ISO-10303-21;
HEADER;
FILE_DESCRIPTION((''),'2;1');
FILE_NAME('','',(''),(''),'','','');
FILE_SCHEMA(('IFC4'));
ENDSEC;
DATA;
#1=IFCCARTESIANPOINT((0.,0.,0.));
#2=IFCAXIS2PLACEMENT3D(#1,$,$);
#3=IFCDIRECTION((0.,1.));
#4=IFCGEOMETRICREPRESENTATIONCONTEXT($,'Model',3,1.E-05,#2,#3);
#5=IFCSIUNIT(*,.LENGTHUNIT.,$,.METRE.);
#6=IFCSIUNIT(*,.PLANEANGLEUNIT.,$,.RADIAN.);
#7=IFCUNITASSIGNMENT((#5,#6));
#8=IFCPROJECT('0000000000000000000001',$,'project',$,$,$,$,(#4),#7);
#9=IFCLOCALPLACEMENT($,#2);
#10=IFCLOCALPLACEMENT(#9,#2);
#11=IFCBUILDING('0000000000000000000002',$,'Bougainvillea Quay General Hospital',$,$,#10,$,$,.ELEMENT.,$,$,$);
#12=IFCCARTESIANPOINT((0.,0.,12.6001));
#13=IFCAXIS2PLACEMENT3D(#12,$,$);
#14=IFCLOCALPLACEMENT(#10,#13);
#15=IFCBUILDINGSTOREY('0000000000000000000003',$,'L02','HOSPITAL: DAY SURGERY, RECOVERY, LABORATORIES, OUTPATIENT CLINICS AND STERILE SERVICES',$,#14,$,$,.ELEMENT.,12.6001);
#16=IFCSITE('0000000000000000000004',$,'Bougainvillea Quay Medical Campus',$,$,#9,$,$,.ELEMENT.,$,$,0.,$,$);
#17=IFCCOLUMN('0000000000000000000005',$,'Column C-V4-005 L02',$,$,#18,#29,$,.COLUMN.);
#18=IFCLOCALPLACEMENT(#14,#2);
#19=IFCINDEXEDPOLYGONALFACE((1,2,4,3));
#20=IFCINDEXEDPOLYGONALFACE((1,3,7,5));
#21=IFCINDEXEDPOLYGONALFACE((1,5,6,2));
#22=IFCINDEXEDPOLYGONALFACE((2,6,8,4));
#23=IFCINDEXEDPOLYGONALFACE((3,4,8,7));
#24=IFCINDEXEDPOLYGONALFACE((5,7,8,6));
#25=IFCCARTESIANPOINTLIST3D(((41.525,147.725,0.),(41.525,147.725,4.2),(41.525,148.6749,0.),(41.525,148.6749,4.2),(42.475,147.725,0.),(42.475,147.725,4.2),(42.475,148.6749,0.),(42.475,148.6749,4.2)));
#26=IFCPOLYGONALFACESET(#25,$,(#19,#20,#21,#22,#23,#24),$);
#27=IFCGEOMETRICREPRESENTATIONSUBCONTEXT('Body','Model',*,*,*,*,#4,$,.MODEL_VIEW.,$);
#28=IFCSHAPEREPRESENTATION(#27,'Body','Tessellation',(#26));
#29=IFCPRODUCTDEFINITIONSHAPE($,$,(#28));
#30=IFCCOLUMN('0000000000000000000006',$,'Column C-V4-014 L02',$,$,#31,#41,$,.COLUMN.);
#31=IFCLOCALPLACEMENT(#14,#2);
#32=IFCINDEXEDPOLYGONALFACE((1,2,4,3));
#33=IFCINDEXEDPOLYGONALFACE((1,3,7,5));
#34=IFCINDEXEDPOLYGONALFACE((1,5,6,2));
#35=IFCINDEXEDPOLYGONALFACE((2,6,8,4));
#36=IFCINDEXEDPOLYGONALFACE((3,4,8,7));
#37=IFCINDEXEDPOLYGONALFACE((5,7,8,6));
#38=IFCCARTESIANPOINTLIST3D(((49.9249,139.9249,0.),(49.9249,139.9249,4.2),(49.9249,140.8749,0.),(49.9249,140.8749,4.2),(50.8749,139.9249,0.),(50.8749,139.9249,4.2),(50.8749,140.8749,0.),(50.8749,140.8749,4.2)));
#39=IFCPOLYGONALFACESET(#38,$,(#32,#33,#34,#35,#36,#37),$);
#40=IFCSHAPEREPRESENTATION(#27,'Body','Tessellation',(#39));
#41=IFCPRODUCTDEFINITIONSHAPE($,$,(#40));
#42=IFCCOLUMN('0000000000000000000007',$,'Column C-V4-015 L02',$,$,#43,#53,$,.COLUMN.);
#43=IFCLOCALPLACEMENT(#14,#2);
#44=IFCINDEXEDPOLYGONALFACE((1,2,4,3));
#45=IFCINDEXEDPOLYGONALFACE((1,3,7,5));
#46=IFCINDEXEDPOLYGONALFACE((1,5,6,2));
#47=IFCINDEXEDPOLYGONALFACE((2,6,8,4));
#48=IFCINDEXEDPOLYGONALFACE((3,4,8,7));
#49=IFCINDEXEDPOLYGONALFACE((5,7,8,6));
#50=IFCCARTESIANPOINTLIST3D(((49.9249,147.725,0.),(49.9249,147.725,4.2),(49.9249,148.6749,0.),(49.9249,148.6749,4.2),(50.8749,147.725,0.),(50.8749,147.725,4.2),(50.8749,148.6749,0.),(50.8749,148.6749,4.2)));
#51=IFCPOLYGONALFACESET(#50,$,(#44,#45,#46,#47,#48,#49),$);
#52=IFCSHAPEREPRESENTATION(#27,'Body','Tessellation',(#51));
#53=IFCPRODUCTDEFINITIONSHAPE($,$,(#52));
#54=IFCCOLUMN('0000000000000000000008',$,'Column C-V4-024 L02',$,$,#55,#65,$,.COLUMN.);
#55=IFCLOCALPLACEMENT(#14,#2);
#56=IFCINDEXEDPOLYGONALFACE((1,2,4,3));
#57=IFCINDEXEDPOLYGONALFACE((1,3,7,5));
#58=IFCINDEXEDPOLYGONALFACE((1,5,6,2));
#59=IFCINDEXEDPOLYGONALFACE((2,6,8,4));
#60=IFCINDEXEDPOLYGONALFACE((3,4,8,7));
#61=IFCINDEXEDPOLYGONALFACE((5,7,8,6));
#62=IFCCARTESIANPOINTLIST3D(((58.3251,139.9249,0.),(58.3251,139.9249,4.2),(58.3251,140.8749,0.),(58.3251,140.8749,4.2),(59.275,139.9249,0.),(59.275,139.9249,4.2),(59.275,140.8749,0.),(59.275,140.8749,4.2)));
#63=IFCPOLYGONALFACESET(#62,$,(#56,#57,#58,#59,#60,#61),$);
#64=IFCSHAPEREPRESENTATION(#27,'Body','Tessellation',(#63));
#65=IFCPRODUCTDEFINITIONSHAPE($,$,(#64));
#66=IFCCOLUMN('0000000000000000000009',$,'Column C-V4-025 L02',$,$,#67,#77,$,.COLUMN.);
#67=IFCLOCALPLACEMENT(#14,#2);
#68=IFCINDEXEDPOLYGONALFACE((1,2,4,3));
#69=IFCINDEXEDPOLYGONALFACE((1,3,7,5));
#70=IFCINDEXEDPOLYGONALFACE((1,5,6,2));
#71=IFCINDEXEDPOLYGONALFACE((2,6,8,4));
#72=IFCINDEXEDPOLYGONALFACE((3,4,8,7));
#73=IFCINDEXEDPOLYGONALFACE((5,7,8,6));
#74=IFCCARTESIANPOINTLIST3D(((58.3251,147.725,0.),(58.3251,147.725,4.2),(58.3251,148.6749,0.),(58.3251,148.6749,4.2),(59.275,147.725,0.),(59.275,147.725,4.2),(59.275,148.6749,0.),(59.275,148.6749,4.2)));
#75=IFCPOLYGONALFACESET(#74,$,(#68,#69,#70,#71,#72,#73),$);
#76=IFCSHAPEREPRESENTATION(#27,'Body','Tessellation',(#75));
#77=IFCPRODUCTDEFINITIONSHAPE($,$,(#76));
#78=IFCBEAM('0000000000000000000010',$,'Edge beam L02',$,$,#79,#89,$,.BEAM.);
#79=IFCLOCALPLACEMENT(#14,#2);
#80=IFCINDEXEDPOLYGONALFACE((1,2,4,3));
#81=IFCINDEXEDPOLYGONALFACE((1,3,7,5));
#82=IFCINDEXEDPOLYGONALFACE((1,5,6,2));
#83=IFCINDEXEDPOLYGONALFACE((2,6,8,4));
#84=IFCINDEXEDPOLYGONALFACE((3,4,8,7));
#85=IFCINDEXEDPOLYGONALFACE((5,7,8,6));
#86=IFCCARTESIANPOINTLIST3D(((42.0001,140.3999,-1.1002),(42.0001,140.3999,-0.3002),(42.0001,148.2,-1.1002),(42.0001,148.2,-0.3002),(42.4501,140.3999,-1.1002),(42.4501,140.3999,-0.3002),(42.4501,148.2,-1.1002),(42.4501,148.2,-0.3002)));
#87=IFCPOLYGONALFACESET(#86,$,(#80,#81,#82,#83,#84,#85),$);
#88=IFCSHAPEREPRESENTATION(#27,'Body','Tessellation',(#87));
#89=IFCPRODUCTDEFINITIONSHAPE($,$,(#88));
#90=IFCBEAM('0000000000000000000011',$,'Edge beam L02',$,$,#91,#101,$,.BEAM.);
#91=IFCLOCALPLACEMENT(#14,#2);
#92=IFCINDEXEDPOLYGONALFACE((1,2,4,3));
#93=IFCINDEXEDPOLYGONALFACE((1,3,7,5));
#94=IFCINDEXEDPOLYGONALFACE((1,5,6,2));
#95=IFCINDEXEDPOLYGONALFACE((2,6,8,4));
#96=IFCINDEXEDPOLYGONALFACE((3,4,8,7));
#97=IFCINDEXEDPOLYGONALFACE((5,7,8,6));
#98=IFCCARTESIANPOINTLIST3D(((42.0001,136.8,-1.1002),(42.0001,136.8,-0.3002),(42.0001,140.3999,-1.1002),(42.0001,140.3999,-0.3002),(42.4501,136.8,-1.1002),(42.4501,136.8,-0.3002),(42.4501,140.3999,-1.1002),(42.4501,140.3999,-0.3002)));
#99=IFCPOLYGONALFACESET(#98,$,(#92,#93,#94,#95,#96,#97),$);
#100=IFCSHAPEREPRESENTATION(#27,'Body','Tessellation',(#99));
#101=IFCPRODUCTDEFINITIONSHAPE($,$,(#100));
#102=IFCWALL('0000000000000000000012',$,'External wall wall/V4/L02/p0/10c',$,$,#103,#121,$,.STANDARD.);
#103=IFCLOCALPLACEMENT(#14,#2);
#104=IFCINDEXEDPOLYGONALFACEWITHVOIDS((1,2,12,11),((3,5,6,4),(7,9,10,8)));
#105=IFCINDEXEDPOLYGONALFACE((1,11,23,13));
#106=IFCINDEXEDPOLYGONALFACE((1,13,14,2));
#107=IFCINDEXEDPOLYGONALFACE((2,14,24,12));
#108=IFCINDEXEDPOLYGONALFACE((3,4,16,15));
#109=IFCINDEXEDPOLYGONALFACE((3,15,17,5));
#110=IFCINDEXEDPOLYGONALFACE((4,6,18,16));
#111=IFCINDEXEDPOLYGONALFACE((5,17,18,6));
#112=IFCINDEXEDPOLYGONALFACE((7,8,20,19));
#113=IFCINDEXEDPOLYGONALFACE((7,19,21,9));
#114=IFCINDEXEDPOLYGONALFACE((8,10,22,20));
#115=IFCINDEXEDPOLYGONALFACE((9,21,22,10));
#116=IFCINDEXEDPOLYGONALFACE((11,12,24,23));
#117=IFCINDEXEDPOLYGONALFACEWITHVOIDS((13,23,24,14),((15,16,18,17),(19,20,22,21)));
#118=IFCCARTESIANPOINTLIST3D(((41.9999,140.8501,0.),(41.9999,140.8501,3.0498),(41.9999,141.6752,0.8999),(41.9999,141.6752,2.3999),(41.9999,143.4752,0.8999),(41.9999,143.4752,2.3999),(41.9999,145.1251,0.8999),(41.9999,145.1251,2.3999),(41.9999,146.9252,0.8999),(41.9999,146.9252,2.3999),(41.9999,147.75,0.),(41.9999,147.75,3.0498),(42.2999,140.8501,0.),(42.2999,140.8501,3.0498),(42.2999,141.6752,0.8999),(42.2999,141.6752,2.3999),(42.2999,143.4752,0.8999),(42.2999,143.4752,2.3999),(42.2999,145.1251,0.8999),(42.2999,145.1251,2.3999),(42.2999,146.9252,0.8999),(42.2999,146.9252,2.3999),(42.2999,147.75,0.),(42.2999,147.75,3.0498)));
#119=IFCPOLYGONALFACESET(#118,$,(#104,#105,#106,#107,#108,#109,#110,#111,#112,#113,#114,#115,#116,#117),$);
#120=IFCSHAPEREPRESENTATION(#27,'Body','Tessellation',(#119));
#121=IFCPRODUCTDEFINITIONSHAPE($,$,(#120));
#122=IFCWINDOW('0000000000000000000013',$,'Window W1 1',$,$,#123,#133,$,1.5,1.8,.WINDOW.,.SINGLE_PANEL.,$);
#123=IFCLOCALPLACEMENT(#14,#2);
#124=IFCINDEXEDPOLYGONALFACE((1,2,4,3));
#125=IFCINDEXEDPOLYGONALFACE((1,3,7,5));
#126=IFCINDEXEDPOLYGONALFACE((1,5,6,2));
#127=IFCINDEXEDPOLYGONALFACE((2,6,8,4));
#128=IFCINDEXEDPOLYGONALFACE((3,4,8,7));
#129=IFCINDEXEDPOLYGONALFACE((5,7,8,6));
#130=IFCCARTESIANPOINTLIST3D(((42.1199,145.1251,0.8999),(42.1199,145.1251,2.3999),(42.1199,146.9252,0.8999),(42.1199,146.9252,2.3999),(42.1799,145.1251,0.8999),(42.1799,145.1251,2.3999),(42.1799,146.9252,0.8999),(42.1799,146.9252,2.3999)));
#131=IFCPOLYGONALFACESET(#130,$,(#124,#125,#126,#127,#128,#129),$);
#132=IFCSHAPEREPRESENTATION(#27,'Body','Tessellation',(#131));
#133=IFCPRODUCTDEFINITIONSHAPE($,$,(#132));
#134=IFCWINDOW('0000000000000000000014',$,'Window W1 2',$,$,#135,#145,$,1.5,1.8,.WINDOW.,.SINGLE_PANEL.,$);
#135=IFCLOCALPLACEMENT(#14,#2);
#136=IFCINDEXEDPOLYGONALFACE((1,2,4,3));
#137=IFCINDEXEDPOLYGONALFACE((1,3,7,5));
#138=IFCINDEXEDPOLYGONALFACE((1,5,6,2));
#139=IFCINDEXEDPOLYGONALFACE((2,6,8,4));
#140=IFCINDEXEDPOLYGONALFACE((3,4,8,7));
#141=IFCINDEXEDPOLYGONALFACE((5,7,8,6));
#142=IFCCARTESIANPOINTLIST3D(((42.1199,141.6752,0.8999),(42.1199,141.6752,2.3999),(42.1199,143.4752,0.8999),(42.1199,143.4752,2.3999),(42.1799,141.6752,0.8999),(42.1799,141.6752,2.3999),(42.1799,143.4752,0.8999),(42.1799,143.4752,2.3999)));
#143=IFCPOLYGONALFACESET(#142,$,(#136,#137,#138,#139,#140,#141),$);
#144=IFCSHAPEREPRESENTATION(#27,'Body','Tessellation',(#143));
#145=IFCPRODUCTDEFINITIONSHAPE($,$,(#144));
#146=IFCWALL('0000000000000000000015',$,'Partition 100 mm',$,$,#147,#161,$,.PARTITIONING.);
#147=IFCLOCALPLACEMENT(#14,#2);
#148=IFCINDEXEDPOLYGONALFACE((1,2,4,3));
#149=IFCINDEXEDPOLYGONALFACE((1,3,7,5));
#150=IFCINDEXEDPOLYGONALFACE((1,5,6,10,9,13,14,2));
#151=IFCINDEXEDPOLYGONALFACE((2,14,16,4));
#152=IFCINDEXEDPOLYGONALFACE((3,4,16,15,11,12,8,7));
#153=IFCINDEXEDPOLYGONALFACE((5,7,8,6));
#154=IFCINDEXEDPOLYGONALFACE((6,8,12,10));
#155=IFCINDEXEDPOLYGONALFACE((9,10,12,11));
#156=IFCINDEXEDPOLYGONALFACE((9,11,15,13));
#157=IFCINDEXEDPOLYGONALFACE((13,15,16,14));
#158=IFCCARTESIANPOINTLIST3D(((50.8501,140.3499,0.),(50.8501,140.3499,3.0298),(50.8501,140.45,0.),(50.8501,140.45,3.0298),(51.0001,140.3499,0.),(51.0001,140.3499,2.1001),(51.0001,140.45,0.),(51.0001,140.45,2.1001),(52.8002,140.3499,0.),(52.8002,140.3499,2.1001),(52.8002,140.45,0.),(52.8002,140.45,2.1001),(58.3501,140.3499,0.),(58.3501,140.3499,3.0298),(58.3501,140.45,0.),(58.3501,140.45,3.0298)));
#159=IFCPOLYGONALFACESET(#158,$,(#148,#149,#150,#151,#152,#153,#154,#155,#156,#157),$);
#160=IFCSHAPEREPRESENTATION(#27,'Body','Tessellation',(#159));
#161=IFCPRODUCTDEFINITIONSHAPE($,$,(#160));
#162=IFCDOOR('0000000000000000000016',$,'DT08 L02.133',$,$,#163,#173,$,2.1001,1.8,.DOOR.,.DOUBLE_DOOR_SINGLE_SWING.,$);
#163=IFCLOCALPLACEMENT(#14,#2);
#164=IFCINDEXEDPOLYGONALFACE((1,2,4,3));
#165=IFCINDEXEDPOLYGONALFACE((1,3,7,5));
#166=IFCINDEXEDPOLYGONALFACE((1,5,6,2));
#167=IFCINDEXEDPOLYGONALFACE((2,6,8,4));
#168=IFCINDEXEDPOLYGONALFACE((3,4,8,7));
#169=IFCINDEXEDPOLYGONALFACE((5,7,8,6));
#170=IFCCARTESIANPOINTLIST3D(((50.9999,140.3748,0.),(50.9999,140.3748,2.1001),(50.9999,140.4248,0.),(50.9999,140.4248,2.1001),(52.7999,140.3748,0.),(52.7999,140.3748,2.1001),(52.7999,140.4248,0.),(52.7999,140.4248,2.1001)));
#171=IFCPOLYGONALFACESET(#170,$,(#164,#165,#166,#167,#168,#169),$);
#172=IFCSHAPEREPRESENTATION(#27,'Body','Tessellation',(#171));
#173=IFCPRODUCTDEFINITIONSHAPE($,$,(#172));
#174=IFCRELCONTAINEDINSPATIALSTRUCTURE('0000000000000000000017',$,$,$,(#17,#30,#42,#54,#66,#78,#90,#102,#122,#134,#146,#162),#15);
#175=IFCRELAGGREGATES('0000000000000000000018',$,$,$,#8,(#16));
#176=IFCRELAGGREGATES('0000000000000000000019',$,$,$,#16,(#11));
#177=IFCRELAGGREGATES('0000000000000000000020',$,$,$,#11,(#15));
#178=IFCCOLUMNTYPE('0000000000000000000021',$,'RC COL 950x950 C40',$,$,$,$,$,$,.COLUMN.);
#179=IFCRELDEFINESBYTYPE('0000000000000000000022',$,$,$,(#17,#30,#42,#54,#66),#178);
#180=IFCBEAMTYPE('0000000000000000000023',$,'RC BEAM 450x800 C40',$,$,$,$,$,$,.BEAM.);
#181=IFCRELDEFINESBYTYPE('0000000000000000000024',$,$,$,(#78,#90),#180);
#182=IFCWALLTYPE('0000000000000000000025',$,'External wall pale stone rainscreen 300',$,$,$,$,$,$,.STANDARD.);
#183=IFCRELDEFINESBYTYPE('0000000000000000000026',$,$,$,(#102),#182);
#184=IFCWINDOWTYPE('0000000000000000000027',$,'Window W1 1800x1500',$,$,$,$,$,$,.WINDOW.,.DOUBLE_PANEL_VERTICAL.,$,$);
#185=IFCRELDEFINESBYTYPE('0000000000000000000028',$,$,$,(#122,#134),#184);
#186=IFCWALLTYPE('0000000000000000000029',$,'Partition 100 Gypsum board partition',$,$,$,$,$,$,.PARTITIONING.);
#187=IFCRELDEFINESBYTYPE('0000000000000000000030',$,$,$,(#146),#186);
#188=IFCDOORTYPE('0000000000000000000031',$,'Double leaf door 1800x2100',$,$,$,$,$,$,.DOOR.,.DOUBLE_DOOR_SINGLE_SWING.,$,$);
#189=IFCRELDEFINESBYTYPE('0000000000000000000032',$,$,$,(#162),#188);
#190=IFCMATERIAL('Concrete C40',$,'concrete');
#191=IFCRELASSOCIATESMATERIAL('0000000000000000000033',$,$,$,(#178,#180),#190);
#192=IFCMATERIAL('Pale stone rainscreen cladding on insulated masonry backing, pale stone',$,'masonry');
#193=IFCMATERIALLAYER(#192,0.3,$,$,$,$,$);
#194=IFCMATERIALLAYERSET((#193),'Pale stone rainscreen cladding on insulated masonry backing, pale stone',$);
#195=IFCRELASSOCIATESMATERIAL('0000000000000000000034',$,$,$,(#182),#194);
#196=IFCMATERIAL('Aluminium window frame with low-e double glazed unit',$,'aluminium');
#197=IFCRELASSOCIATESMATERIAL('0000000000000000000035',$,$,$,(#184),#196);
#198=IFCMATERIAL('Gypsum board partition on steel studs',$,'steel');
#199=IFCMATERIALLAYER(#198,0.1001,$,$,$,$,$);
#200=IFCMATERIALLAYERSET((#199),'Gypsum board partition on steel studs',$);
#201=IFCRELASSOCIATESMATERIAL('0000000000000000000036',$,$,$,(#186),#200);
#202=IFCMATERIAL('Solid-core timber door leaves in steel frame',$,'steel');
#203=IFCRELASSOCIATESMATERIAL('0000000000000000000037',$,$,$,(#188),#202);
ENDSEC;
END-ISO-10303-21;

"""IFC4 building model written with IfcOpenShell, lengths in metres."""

from ifc_helpers import new_model, si_unit, direction, frame, frame_2d, origin, origin_2d, place, context, subcontext, project, spatial, rectangle, extrude, material, layer, layer_set, material_profile, profile_set, type_object, element, fill, save


model = new_model("IFC4")

# Units and contexts
model_context = context("Model", 3, precision=1e-05, world=origin(), true_north=direction((0.0, 1.0)))
body_context = subcontext(model_context, "Body", "Model", "MODEL_VIEW")
ifc_project = project(units=[si_unit("LENGTHUNIT", "METRE"), si_unit("PLANEANGLEUNIT", "RADIAN")], contexts=[model_context])

# Site, building, storey
site_placement = place(None, origin())
site = spatial("IfcSite", under=ifc_project, at=site_placement, Name="Bougainvillea Quay Medical Campus", CompositionType="ELEMENT", RefElevation=0.0)
building_placement = place(site_placement, origin())
building = spatial("IfcBuilding", under=site, at=building_placement, Name="Bougainvillea Quay General Hospital", CompositionType="ELEMENT")
storey_placement = place(building_placement, frame((0.0, 0.0, 12.6001)))
storey = spatial("IfcBuildingStorey", under=building, at=storey_placement, Name="L02", Description="HOSPITAL: DAY SURGERY, RECOVERY, LABORATORIES, OUTPATIENT CLINICS AND STERILE SERVICES", CompositionType="ELEMENT", Elevation=12.6001)

# Columns
ifc_material_1 = material(Name="Concrete C40", Category="concrete")
ifc_material_profile_1 = material_profile(ifc_material_1, rectangle(XDim=0.95, YDim=0.95, at=origin_2d()))
ifc_profile_set_1 = profile_set([ifc_material_profile_1], Name="Concrete C40")
column_type = type_object("IfcColumnType", Name="RC COL 950x950 C40", PredefinedType="COLUMN", material=ifc_profile_set_1)
for number, where, z_axis, x_axis, name in (
    (1, (42.0, 148.2, 0.0), (0.0, 0.0, 1.0), (1.0, 0.0, 0.0), "Column C-V4-005 L02"),
    (2, (50.3999, 140.3999, 0.0), (0.0, 0.0, 1.0), (1.0, 0.0, 0.0), "Column C-V4-014 L02"),
    (3, (50.3999, 148.2, 0.0), (0.0, 0.0, 1.0), (1.0, 0.0, 0.0), "Column C-V4-015 L02"),
    (4, (58.8, 140.3999, 0.0), (0.0, 0.0, 1.0), (1.0, 0.0, 0.0), "Column C-V4-024 L02"),
    (5, (58.8, 148.2, 0.0), (0.0, 0.0, 1.0), (1.0, 0.0, 0.0), "Column C-V4-025 L02"),
):
    element("IfcColumn", number, at=place(storey_placement, frame(where, z_axis=z_axis, x_axis=x_axis)), inside=storey, type_object=column_type, Name=name, PredefinedType="COLUMN", context=body_context, shape_type="SweptSolid", body=[
        extrude(rectangle(XDim=0.95, YDim=0.95, at=origin_2d()), origin(), (0.0, 0.0, 1.0), 4.2),
    ])

# Beams
ifc_material_profile_2 = material_profile(ifc_material_1, rectangle(XDim=0.45, YDim=0.8, at=origin_2d()))
ifc_profile_set_2 = profile_set([ifc_material_profile_2], Name="Concrete C40")
beam_type = type_object("IfcBeamType", Name="RC BEAM 450x800 C40", PredefinedType="BEAM", material=ifc_profile_set_2)
beam_1_placement = place(storey_placement, frame((42.2251, 148.2, -0.7002), z_axis=(0.0, -1.0, 0.0), x_axis=(1.0, 0.0, 0.0)))
element("IfcBeam", 6, at=beam_1_placement, inside=storey, type_object=beam_type, Name="Edge beam L02", PredefinedType="BEAM", context=body_context, shape_type="SweptSolid", body=[
    extrude(rectangle(XDim=0.45, YDim=0.8, at=origin_2d()), origin(), (0.0, 0.0, 1.0), 7.8),
])
beam_2_placement = place(storey_placement, frame((42.2251, 140.3999, -0.7002), z_axis=(0.0, -1.0, 0.0), x_axis=(1.0, 0.0, 0.0)))
element("IfcBeam", 7, at=beam_2_placement, inside=storey, type_object=beam_type, Name="Edge beam L02", PredefinedType="BEAM", context=body_context, shape_type="SweptSolid", body=[
    extrude(rectangle(XDim=0.45, YDim=0.8, at=origin_2d()), origin(), (0.0, 0.0, 1.0), 3.5999),
])

# Wall, openings, windows
ifc_material_2 = material(Name="Pale stone rainscreen cladding on insulated masonry backing, pale stone", Category="masonry")
ifc_layer_1 = layer(ifc_material_2, 0.3)
ifc_layer_set_1 = layer_set([ifc_layer_1], Name="Pale stone rainscreen cladding on insulated masonry backing, pale stone")
wall_type_1 = type_object("IfcWallType", Name="External wall pale stone rainscreen 300", PredefinedType="STANDARD", material=ifc_layer_set_1)
wall_1_placement = place(storey_placement, frame((42.1499, 147.75, 0.0), z_axis=(0.0, 0.0, 1.0), x_axis=(0.0, -1.0, 0.0)))
wall_1 = element("IfcWall", 8, at=wall_1_placement, inside=storey, type_object=wall_type_1, Name="External wall wall/V4/L02/p0/10c", PredefinedType="STANDARD", context=body_context, shape_type="SweptSolid", body=[
    extrude(rectangle(XDim=6.8999, YDim=0.3, at=frame_2d((3.45, 0.0))), origin(), (0.0, 0.0, 1.0), 3.0498),
])
opening_1_placement = place(wall_1_placement, frame((0.825, 0.0, 0.8999)))
opening_1 = element("IfcOpeningElement", 9, at=opening_1_placement, cuts=wall_1, PredefinedType="OPENING", context=body_context, shape_type="SweptSolid", body=[
    extrude(rectangle(XDim=1.8, YDim=1.5, at=frame_2d((0.8999, 0.75))), frame((0.0, 0.1599, 0.0), z_axis=(0.0, -1.0, 0.0), x_axis=(1.0, 0.0, 0.0)), (0.0, 0.0, 1.0), 0.3201),
])
opening_2_placement = place(wall_1_placement, frame((4.2749, 0.0, 0.8999)))
opening_2 = element("IfcOpeningElement", 10, at=opening_2_placement, cuts=wall_1, PredefinedType="OPENING", context=body_context, shape_type="SweptSolid", body=[
    extrude(rectangle(XDim=1.8, YDim=1.5, at=frame_2d((0.8999, 0.75))), frame((0.0, 0.1599, 0.0), z_axis=(0.0, -1.0, 0.0), x_axis=(1.0, 0.0, 0.0)), (0.0, 0.0, 1.0), 0.3201),
])
ifc_material_3 = material(Name="Aluminium window frame with low-e double glazed unit", Category="aluminium")
window_type = type_object("IfcWindowType", Name="Window W1 1800x1500", PartitioningType="DOUBLE_PANEL_VERTICAL", PredefinedType="WINDOW", material=ifc_material_3)
window_1_placement = place(opening_1_placement, origin())
window_1 = element("IfcWindow", 11, at=window_1_placement, inside=storey, type_object=window_type, Name="Window W1 1", OverallHeight=1.5, OverallWidth=1.8, PartitioningType="SINGLE_PANEL", PredefinedType="WINDOW", context=body_context, shape_type="SweptSolid", body=[
    extrude(rectangle(XDim=1.8, YDim=1.5, at=frame_2d((0.8999, 0.75))), frame((0.0, 0.03, 0.0), z_axis=(0.0, -1.0, 0.0), x_axis=(1.0, 0.0, 0.0)), (0.0, 0.0, 1.0), 0.0601),
])
fill(opening_1, window_1)
window_2_placement = place(opening_2_placement, origin())
window_2 = element("IfcWindow", 12, at=window_2_placement, inside=storey, type_object=window_type, Name="Window W1 2", OverallHeight=1.5, OverallWidth=1.8, PartitioningType="SINGLE_PANEL", PredefinedType="WINDOW", context=body_context, shape_type="SweptSolid", body=[
    extrude(rectangle(XDim=1.8, YDim=1.5, at=frame_2d((0.8999, 0.75))), frame((0.0, 0.03, 0.0), z_axis=(0.0, -1.0, 0.0), x_axis=(1.0, 0.0, 0.0)), (0.0, 0.0, 1.0), 0.0601),
])
fill(opening_2, window_2)

# Wall, opening, door
ifc_material_4 = material(Name="Gypsum board partition on steel studs", Category="steel")
ifc_layer_2 = layer(ifc_material_4, 0.1001)
ifc_layer_set_2 = layer_set([ifc_layer_2], Name="Gypsum board partition on steel studs")
wall_type_2 = type_object("IfcWallType", Name="Partition 100 Gypsum board partition", PredefinedType="PARTITIONING", material=ifc_layer_set_2)
wall_2_placement = place(storey_placement, frame((58.3501, 140.3999, 0.0), z_axis=(0.0, 0.0, 1.0), x_axis=(-1.0, 0.0, 0.0)))
wall_2 = element("IfcWall", 13, at=wall_2_placement, inside=storey, type_object=wall_type_2, Name="Partition 100 mm", PredefinedType="PARTITIONING", context=body_context, shape_type="SweptSolid", body=[
    extrude(rectangle(XDim=7.5, YDim=0.1001, at=frame_2d((3.75, 0.0))), origin(), (0.0, 0.0, 1.0), 3.0298),
])
opening_3_placement = place(wall_2_placement, frame((5.55, 0.0, 0.0)))
opening_3 = element("IfcOpeningElement", 14, at=opening_3_placement, cuts=wall_2, PredefinedType="OPENING", context=body_context, shape_type="SweptSolid", body=[
    extrude(rectangle(XDim=1.8, YDim=2.1001, at=frame_2d((0.8999, 1.05))), frame((0.0, 0.0601, 0.0), z_axis=(0.0, -1.0, 0.0), x_axis=(1.0, 0.0, 0.0)), (0.0, 0.0, 1.0), 0.1201),
])
ifc_material_5 = material(Name="Solid-core timber door leaves in steel frame", Category="steel")
door_type_1 = type_object("IfcDoorType", Name="Double leaf door 1800x2100", OperationType="DOUBLE_DOOR_SINGLE_SWING", PredefinedType="DOOR", material=ifc_material_5)
door_1_placement = place(opening_3_placement, frame((1.8, 0.0, 0.0), z_axis=(0.0, 0.0, 1.0), x_axis=(-1.0, 0.0, 0.0)))
door_1 = element("IfcDoor", 15, at=door_1_placement, inside=storey, type_object=door_type_1, Name="DT08 L02.133", OperationType="DOUBLE_DOOR_SINGLE_SWING", OverallHeight=2.1001, OverallWidth=1.8, PredefinedType="DOOR", context=body_context, shape_type="SweptSolid", body=[
    extrude(rectangle(XDim=1.8, YDim=2.1001, at=frame_2d((0.8999, 1.05))), frame((0.0, 0.0249, 0.0), z_axis=(0.0, -1.0, 0.0), x_axis=(1.0, 0.0, 0.0)), (0.0, 0.0, 1.0), 0.05),
])
fill(opening_3, door_1)

save(model, "model.ifc")
